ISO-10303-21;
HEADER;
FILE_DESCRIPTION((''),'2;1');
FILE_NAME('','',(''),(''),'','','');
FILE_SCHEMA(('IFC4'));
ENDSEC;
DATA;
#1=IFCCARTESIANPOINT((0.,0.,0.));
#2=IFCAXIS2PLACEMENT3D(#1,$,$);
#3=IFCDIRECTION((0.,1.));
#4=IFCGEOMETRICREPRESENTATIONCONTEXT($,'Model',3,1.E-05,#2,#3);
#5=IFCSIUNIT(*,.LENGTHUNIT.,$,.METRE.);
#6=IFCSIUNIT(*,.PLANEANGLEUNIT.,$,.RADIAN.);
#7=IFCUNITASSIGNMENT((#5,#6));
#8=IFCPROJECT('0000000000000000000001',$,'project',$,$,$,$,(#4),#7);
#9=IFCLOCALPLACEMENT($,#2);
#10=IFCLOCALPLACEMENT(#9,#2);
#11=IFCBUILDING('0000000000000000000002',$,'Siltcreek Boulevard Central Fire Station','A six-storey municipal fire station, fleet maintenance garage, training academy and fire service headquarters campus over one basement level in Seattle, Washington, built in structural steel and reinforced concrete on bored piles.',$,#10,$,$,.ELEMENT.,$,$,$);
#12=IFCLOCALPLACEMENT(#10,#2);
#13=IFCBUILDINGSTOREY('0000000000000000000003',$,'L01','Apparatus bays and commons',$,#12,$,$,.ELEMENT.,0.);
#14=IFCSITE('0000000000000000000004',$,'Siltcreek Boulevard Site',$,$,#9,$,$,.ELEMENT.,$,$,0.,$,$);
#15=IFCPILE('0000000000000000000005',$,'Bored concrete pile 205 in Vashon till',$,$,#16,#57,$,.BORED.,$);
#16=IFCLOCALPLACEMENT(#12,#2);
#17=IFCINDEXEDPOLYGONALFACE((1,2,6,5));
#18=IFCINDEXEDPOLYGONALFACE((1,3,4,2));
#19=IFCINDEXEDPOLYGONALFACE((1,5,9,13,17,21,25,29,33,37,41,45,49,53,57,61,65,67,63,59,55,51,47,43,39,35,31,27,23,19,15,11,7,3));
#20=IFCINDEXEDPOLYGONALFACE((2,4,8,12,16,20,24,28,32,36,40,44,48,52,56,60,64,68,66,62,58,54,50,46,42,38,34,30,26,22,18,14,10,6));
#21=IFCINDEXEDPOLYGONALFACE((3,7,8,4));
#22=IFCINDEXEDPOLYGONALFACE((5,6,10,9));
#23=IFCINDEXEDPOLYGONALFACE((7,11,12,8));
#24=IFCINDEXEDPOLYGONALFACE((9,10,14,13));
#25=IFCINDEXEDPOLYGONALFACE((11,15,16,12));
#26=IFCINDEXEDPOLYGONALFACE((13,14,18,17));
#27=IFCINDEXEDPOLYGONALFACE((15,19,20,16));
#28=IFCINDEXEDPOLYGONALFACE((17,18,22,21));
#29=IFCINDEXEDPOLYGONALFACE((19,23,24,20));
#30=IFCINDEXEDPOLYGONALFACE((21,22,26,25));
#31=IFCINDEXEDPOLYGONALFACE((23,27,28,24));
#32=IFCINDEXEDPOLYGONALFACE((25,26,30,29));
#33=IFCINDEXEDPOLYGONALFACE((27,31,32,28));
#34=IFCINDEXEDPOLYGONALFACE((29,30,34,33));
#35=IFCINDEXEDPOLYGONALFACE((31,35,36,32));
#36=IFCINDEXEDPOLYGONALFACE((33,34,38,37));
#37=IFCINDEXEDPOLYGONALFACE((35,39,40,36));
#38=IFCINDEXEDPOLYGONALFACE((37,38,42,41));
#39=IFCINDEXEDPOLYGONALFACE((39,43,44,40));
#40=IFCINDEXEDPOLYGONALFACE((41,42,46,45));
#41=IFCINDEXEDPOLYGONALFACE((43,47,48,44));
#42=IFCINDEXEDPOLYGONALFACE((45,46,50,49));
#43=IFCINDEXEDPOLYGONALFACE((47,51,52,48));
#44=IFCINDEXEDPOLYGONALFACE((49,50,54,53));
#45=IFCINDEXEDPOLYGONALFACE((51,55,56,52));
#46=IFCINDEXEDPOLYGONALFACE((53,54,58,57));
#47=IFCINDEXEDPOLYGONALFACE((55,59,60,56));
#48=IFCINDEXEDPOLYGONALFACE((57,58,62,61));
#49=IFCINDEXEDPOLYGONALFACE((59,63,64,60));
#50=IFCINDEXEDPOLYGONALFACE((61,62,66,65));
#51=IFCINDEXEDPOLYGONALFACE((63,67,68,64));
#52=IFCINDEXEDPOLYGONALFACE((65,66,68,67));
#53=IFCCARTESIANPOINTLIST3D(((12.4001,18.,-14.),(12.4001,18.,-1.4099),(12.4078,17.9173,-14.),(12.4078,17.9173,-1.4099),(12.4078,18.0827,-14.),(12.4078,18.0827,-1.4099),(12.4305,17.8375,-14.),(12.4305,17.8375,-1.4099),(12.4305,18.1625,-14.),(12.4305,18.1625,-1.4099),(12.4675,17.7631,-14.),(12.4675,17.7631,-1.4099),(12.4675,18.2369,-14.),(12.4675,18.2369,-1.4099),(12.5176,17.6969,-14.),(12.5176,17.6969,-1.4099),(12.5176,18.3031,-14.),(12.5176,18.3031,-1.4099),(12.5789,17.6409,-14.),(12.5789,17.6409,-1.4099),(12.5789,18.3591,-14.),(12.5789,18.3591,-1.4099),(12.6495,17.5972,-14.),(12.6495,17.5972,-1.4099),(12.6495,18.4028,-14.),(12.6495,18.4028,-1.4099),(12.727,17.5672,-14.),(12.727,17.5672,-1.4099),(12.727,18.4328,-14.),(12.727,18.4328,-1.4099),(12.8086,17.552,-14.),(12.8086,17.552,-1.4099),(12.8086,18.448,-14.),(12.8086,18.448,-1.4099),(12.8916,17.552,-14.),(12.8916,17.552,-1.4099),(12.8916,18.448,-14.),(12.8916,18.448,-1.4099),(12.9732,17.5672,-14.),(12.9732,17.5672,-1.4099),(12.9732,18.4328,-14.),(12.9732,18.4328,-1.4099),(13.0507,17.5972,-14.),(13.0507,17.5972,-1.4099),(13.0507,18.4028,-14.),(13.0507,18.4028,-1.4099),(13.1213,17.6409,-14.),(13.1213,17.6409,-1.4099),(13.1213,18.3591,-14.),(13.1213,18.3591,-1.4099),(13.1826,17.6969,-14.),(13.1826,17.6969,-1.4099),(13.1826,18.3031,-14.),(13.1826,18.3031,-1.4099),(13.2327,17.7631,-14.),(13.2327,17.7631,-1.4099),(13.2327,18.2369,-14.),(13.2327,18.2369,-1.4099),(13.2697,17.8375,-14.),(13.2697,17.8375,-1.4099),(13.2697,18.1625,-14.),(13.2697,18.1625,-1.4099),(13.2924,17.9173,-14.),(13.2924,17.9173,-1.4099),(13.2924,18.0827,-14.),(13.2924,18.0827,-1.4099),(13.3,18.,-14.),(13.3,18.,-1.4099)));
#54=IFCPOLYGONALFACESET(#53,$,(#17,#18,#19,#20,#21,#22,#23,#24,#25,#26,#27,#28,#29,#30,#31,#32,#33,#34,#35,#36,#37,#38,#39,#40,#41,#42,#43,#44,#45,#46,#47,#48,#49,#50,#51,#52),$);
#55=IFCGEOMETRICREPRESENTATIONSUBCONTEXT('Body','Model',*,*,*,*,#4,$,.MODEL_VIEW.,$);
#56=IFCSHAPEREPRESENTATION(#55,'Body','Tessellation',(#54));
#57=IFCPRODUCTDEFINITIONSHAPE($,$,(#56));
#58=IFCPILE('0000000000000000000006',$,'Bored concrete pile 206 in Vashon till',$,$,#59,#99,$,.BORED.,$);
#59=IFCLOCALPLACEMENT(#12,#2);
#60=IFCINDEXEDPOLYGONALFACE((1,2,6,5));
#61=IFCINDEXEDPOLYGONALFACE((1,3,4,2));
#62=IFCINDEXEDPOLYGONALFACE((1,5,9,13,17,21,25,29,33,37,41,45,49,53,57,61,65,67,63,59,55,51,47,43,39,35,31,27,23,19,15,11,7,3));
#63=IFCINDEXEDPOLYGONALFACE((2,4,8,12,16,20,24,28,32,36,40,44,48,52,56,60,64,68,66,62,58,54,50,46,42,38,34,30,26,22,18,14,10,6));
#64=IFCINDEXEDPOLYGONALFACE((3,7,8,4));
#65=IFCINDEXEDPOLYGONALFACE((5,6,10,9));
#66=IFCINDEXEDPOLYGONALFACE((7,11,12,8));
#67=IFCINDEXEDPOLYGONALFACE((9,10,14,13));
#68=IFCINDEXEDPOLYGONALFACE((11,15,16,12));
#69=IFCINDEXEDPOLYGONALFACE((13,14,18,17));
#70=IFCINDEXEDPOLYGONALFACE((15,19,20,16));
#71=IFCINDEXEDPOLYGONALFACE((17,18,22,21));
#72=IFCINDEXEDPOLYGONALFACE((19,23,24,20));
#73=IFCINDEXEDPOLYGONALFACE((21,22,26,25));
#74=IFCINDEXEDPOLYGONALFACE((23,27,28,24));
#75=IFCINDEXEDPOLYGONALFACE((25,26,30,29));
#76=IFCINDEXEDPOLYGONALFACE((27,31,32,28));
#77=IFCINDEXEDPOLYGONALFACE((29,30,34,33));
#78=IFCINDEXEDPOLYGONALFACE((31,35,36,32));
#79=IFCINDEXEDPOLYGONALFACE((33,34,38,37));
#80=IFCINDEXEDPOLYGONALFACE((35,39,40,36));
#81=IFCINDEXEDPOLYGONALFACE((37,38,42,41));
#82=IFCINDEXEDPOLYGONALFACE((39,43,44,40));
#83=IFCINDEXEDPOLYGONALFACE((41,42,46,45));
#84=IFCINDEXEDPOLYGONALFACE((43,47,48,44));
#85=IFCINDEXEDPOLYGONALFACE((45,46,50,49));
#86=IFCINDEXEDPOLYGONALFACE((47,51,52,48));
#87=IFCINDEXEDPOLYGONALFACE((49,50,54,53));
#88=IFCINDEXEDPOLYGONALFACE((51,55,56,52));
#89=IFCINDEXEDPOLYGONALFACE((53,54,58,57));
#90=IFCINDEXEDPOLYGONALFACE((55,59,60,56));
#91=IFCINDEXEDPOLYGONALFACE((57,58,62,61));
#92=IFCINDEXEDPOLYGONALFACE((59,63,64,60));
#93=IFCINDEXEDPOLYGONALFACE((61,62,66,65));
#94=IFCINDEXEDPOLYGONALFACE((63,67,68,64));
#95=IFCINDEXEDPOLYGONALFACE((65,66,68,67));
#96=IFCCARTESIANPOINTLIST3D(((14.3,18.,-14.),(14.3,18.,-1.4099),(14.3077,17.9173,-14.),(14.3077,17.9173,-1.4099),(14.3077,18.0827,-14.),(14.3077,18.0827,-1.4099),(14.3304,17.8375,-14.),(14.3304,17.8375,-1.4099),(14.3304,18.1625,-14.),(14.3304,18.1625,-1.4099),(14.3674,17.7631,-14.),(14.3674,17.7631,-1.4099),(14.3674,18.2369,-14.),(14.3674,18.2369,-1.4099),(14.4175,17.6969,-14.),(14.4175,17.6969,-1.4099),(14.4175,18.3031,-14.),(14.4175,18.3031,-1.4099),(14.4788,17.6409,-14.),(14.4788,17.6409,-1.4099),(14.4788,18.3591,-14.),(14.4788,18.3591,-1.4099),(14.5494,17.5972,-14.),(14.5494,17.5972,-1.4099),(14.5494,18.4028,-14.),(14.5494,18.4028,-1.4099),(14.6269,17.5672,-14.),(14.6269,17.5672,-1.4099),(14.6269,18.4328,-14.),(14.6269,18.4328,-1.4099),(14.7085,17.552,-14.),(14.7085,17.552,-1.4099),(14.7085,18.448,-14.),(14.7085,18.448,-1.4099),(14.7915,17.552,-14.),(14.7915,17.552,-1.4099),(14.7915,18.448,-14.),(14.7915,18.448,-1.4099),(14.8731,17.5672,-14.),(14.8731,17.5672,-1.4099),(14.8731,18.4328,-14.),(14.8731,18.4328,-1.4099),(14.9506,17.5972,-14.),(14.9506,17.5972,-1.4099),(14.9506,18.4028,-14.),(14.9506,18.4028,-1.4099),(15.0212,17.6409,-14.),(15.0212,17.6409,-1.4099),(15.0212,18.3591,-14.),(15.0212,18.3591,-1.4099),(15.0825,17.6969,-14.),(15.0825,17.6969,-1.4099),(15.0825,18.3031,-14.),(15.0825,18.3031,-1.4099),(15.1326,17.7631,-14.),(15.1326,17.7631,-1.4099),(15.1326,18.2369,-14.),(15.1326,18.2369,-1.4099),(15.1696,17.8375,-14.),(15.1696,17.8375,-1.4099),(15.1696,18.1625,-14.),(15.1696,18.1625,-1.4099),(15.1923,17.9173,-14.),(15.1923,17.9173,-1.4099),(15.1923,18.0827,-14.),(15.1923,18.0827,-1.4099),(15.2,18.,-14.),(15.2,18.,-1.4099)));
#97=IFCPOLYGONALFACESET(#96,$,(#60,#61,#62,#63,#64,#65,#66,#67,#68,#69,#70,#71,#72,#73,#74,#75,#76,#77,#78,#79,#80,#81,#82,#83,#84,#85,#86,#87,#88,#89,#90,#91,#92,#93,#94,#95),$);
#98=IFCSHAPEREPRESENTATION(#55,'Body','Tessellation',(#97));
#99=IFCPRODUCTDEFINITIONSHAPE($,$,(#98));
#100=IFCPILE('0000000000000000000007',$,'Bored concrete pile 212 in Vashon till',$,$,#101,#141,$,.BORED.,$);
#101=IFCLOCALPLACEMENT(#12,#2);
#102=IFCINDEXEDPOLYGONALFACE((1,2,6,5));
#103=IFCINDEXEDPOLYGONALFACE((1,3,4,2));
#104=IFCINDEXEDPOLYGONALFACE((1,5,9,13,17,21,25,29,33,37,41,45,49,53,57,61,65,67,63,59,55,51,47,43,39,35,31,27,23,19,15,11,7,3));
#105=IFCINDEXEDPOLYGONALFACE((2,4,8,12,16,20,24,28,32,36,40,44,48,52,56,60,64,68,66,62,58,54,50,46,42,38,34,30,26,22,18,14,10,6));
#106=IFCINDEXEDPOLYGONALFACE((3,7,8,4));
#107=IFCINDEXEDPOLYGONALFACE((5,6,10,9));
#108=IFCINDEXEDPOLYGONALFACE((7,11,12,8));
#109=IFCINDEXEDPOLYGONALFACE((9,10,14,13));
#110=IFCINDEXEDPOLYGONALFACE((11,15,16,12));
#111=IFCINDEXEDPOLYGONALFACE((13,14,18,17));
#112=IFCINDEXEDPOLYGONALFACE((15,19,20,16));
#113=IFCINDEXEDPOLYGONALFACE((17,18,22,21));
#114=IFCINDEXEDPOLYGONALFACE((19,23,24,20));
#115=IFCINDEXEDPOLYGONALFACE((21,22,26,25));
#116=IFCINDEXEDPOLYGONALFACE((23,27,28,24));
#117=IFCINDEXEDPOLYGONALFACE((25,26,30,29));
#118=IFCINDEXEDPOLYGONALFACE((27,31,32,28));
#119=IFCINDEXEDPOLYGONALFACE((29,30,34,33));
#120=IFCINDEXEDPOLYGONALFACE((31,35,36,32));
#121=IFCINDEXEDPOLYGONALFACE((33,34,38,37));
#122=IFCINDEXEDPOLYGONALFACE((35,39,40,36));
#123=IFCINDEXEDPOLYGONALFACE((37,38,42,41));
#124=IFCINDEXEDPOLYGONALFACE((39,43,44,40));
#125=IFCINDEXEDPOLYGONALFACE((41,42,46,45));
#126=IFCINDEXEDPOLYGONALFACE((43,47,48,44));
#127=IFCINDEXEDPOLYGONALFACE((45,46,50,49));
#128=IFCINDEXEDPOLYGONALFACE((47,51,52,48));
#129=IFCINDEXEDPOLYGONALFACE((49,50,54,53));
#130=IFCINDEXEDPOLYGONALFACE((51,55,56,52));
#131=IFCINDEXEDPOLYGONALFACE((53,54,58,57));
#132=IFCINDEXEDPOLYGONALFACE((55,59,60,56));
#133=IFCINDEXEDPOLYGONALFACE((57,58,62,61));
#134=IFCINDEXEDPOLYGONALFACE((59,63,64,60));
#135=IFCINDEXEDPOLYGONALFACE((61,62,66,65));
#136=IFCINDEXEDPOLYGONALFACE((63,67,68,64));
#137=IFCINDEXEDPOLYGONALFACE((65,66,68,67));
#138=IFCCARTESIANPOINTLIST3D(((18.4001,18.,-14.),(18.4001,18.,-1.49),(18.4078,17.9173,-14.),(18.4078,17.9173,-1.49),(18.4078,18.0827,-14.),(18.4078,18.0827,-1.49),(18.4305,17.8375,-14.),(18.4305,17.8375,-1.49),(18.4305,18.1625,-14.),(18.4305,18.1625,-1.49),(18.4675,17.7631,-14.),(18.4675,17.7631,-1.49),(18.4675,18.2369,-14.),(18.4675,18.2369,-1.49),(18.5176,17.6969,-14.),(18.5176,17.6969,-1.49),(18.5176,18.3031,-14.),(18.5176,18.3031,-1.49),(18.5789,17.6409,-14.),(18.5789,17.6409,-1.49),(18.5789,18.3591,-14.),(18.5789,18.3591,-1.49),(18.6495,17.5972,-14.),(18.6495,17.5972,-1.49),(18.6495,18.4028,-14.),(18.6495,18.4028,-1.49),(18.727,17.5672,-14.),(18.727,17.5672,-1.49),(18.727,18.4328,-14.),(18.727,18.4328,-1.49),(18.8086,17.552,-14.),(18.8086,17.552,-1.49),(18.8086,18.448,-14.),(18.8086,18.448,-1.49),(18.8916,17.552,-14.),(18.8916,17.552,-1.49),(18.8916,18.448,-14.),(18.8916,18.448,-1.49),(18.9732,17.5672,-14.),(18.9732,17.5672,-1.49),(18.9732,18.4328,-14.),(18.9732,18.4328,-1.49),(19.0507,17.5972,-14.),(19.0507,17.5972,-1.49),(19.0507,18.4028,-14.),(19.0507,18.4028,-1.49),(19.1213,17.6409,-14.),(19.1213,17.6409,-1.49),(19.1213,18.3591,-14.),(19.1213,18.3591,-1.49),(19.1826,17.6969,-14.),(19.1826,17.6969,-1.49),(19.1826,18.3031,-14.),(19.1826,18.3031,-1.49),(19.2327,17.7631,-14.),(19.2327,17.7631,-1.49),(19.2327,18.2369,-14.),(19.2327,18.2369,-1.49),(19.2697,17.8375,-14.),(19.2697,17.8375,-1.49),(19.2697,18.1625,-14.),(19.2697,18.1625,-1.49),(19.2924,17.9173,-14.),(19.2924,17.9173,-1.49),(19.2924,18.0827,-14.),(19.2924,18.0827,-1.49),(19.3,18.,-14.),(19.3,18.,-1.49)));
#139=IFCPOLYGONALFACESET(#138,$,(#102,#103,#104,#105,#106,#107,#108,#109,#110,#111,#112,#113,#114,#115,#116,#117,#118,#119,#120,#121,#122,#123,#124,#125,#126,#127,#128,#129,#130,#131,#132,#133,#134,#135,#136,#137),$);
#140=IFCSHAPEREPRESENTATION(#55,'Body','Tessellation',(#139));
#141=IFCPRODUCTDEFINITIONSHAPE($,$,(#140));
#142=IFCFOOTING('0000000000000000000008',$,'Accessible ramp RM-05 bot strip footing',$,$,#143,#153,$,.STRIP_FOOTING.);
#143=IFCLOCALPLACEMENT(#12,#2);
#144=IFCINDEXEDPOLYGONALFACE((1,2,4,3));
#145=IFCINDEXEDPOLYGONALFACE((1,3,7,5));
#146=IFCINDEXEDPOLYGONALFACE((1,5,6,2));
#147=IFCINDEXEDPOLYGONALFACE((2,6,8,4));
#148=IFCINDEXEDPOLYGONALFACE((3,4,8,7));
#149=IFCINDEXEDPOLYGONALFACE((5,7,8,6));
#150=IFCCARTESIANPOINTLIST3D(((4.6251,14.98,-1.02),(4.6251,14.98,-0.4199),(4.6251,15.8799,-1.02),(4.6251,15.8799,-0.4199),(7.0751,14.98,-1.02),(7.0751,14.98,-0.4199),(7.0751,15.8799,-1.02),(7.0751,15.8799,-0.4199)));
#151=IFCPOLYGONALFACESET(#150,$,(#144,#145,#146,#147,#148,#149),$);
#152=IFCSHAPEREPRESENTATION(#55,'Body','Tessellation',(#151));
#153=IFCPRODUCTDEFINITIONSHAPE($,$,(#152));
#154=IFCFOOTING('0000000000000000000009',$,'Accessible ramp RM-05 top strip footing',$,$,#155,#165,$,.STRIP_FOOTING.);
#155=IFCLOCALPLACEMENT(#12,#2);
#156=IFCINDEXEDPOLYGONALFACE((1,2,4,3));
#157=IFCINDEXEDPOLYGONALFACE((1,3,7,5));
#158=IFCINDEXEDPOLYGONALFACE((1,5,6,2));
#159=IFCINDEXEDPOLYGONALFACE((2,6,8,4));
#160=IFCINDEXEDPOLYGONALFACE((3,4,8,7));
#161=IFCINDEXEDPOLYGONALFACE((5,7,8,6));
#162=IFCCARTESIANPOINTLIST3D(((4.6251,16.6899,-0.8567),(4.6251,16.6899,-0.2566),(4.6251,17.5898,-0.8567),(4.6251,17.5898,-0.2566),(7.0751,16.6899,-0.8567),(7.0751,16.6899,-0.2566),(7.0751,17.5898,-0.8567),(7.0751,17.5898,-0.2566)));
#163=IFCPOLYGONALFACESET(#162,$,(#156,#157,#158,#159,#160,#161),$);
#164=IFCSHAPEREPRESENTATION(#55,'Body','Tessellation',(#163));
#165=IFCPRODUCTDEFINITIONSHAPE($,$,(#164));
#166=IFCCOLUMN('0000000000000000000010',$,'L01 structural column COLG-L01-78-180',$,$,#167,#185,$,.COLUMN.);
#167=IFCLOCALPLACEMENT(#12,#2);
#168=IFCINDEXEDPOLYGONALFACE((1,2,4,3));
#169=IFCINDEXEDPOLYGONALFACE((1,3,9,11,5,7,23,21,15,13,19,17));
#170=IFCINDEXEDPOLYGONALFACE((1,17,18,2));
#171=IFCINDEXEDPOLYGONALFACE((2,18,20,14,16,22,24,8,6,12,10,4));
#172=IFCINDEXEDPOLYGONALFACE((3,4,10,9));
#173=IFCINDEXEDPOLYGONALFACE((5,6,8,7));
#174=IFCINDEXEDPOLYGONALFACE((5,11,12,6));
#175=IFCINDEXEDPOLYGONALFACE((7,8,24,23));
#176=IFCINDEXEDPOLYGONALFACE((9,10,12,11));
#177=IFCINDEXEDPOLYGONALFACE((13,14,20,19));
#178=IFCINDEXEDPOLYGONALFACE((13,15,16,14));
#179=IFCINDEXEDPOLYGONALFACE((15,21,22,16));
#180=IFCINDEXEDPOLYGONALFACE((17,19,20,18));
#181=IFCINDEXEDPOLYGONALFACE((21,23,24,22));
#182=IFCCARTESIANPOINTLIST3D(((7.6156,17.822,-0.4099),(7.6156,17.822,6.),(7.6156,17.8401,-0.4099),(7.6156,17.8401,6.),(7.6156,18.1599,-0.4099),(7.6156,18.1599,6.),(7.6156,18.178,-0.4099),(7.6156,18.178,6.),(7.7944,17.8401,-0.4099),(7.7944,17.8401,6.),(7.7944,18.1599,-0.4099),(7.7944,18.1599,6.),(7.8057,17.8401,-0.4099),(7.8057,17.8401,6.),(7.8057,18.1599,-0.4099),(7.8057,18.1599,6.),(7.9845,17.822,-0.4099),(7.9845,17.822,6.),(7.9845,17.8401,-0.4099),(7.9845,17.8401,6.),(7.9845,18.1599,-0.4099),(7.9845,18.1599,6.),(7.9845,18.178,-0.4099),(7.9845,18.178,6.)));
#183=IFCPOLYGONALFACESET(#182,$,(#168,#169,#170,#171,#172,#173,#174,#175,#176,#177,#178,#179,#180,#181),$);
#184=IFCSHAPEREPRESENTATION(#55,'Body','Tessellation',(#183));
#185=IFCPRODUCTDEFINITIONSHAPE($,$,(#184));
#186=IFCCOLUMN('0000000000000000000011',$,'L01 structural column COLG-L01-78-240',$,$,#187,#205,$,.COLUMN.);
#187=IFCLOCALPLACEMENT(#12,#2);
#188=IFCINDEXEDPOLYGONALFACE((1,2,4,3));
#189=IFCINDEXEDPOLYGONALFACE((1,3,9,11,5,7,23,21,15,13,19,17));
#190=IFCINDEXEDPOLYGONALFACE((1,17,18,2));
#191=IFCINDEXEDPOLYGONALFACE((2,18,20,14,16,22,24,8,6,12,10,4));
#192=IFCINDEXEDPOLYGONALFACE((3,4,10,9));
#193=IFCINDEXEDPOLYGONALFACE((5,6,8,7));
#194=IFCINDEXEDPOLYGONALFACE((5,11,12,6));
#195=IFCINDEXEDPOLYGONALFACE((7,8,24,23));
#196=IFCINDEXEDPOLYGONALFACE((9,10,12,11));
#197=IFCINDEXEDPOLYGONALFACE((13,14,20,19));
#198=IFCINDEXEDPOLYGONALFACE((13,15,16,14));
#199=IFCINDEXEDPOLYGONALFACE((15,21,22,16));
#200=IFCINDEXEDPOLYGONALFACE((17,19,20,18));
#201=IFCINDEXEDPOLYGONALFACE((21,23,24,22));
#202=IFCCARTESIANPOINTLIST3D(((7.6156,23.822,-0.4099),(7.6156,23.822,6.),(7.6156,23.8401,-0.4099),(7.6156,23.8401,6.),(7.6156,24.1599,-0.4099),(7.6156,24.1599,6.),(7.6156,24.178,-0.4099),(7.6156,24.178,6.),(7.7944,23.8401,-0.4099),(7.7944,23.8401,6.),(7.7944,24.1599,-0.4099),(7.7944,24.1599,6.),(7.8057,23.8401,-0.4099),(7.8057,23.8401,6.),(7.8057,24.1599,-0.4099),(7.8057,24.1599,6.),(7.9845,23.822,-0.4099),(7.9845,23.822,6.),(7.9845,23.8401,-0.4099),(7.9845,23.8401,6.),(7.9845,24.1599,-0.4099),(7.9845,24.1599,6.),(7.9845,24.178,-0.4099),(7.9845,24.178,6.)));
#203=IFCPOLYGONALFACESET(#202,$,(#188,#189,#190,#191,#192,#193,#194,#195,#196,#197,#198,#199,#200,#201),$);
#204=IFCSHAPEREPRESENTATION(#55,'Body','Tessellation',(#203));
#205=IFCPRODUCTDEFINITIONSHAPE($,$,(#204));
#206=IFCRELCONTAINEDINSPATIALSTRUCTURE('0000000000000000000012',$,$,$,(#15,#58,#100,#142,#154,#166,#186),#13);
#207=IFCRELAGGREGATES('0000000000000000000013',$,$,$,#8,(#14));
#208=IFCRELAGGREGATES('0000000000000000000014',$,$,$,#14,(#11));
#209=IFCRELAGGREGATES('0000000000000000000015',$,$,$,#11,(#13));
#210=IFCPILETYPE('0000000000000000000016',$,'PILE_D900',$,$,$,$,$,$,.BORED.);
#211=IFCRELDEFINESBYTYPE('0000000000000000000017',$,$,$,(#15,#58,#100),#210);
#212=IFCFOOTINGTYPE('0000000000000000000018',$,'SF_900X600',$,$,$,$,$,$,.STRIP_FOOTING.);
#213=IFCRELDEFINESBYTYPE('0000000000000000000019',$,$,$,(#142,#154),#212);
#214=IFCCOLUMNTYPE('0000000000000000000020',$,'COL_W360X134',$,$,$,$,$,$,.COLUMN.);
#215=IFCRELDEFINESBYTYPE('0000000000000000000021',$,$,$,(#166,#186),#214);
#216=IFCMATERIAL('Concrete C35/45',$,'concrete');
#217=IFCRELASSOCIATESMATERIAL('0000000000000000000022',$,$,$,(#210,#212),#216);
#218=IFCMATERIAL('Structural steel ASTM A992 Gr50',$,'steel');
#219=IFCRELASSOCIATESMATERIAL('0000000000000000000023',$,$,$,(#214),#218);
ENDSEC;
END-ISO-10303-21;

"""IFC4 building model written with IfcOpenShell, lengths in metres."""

from ifc_helpers import new_model, si_unit, direction, frame, origin, origin_2d, place, context, subcontext, project, spatial, rectangle, circle, i_section, extrude, material, material_profile, profile_set, type_object, element, save


model = new_model("IFC4")

# Units and contexts
model_context = context("Model", 3, precision=1e-05, world=origin(), true_north=direction((0.0, 1.0)))
body_context = subcontext(model_context, "Body", "Model", "MODEL_VIEW")
ifc_project = project(units=[si_unit("LENGTHUNIT", "METRE"), si_unit("PLANEANGLEUNIT", "RADIAN")], contexts=[model_context])

# Site, building, storey
site_placement = place(None, origin())
site = spatial("IfcSite", under=ifc_project, at=site_placement, Name="Siltcreek Boulevard Site", CompositionType="ELEMENT", RefElevation=0.0)
building_placement = place(site_placement, origin())
building = spatial("IfcBuilding", under=site, at=building_placement, Name="Siltcreek Boulevard Central Fire Station", Description="A six-storey municipal fire station, fleet maintenance garage, training academy and fire service headquarters campus over one basement level in Seattle, Washington, built in structural steel and reinforced concrete on bored piles.", CompositionType="ELEMENT")
storey_placement = place(building_placement, origin())
storey = spatial("IfcBuildingStorey", under=building, at=storey_placement, Name="L01", Description="Apparatus bays and commons", CompositionType="ELEMENT", Elevation=0.0)

# Shared definitions
ifc_material_1 = material(Name="Concrete C35/45", Category="concrete")

# Piles
ifc_material_profile_1 = material_profile(ifc_material_1, circle(Radius=0.45, at=origin_2d()), Name="SHAFT900")
ifc_profile_set_1 = profile_set([ifc_material_profile_1], Name="Concrete C35/45")
pile_type = type_object("IfcPileType", Name="PILE_D900", PredefinedType="BORED", material=ifc_profile_set_1)
for number, where, z_axis, x_axis, name in (
    (1, (12.8501, 18.0, -1.4099), (0.0, 0.0, -1.0), (1.0, 0.0, 0.0), "Bored concrete pile 205 in Vashon till"),
    (2, (14.75, 18.0, -1.4099), (0.0, 0.0, -1.0), (1.0, 0.0, 0.0), "Bored concrete pile 206 in Vashon till"),
):
    element("IfcPile", number, at=place(storey_placement, frame(where, z_axis=z_axis, x_axis=x_axis)), inside=storey, type_object=pile_type, Name=name, PredefinedType="BORED", context=body_context, shape_type="SweptSolid", body=[
        extrude(circle(Radius=0.45, at=origin_2d()), origin(), (0.0, 0.0, 1.0), 12.5901),
    ])
pile_1_placement = place(storey_placement, frame((18.8501, 18.0, -1.49), z_axis=(0.0, 0.0, -1.0), x_axis=(1.0, 0.0, 0.0)))
element("IfcPile", 3, at=pile_1_placement, inside=storey, type_object=pile_type, Name="Bored concrete pile 212 in Vashon till", PredefinedType="BORED", context=body_context, shape_type="SweptSolid", body=[
    extrude(circle(Radius=0.45, at=origin_2d()), origin(), (0.0, 0.0, 1.0), 12.51),
])

# Footings
footing_type_1 = type_object("IfcFootingType", Name="SF_900X600", PredefinedType="STRIP_FOOTING", material=ifc_material_1)
for number, where, z_axis, x_axis, name in (
    (4, (5.8501, 15.4299, -1.02), (0.0, 0.0, 1.0), (0.0, 1.0, 0.0), "Accessible ramp RM-05 bot strip footing"),
    (5, (5.8501, 17.1399, -0.8567), (0.0, 0.0, 1.0), (0.0, 1.0, 0.0), "Accessible ramp RM-05 top strip footing"),
):
    element("IfcFooting", number, at=place(storey_placement, frame(where, z_axis=z_axis, x_axis=x_axis)), inside=storey, type_object=footing_type_1, Name=name, PredefinedType="STRIP_FOOTING", context=body_context, shape_type="SweptSolid", body=[
        extrude(rectangle(XDim=0.8999, YDim=2.45, at=origin_2d()), origin(), (0.0, 0.0, 1.0), 0.6001),
    ])

# Columns
ifc_material_2 = material(Name="Structural steel ASTM A992 Gr50", Category="steel")
ifc_material_profile_2 = material_profile(ifc_material_2, i_section(OverallWidth=0.3689, OverallDepth=0.356, WebThickness=0.0112, FlangeThickness=0.0181, at=origin_2d()), Name="W360X134")
ifc_profile_set_2 = profile_set([ifc_material_profile_2], Name="Structural steel ASTM A992 Gr50")
column_type = type_object("IfcColumnType", Name="COL_W360X134", PredefinedType="COLUMN", material=ifc_profile_set_2)
for number, where, z_axis, x_axis, name in (
    (6, (7.8, 18.0, -0.4099), (0.0, 0.0, 1.0), (1.0, 0.0, 0.0), "L01 structural column COLG-L01-78-180"),
    (7, (7.8, 24.0, -0.4099), (0.0, 0.0, 1.0), (1.0, 0.0, 0.0), "L01 structural column COLG-L01-78-240"),
):
    element("IfcColumn", number, at=place(storey_placement, frame(where, z_axis=z_axis, x_axis=x_axis)), inside=storey, type_object=column_type, Name=name, PredefinedType="COLUMN", context=body_context, shape_type="SweptSolid", body=[
        extrude(i_section(OverallWidth=0.3689, OverallDepth=0.356, WebThickness=0.0112, FlangeThickness=0.0181, at=origin_2d()), origin(), (0.0, 0.0, 1.0), 6.4099),
    ])

save(model, "model.ifc")
